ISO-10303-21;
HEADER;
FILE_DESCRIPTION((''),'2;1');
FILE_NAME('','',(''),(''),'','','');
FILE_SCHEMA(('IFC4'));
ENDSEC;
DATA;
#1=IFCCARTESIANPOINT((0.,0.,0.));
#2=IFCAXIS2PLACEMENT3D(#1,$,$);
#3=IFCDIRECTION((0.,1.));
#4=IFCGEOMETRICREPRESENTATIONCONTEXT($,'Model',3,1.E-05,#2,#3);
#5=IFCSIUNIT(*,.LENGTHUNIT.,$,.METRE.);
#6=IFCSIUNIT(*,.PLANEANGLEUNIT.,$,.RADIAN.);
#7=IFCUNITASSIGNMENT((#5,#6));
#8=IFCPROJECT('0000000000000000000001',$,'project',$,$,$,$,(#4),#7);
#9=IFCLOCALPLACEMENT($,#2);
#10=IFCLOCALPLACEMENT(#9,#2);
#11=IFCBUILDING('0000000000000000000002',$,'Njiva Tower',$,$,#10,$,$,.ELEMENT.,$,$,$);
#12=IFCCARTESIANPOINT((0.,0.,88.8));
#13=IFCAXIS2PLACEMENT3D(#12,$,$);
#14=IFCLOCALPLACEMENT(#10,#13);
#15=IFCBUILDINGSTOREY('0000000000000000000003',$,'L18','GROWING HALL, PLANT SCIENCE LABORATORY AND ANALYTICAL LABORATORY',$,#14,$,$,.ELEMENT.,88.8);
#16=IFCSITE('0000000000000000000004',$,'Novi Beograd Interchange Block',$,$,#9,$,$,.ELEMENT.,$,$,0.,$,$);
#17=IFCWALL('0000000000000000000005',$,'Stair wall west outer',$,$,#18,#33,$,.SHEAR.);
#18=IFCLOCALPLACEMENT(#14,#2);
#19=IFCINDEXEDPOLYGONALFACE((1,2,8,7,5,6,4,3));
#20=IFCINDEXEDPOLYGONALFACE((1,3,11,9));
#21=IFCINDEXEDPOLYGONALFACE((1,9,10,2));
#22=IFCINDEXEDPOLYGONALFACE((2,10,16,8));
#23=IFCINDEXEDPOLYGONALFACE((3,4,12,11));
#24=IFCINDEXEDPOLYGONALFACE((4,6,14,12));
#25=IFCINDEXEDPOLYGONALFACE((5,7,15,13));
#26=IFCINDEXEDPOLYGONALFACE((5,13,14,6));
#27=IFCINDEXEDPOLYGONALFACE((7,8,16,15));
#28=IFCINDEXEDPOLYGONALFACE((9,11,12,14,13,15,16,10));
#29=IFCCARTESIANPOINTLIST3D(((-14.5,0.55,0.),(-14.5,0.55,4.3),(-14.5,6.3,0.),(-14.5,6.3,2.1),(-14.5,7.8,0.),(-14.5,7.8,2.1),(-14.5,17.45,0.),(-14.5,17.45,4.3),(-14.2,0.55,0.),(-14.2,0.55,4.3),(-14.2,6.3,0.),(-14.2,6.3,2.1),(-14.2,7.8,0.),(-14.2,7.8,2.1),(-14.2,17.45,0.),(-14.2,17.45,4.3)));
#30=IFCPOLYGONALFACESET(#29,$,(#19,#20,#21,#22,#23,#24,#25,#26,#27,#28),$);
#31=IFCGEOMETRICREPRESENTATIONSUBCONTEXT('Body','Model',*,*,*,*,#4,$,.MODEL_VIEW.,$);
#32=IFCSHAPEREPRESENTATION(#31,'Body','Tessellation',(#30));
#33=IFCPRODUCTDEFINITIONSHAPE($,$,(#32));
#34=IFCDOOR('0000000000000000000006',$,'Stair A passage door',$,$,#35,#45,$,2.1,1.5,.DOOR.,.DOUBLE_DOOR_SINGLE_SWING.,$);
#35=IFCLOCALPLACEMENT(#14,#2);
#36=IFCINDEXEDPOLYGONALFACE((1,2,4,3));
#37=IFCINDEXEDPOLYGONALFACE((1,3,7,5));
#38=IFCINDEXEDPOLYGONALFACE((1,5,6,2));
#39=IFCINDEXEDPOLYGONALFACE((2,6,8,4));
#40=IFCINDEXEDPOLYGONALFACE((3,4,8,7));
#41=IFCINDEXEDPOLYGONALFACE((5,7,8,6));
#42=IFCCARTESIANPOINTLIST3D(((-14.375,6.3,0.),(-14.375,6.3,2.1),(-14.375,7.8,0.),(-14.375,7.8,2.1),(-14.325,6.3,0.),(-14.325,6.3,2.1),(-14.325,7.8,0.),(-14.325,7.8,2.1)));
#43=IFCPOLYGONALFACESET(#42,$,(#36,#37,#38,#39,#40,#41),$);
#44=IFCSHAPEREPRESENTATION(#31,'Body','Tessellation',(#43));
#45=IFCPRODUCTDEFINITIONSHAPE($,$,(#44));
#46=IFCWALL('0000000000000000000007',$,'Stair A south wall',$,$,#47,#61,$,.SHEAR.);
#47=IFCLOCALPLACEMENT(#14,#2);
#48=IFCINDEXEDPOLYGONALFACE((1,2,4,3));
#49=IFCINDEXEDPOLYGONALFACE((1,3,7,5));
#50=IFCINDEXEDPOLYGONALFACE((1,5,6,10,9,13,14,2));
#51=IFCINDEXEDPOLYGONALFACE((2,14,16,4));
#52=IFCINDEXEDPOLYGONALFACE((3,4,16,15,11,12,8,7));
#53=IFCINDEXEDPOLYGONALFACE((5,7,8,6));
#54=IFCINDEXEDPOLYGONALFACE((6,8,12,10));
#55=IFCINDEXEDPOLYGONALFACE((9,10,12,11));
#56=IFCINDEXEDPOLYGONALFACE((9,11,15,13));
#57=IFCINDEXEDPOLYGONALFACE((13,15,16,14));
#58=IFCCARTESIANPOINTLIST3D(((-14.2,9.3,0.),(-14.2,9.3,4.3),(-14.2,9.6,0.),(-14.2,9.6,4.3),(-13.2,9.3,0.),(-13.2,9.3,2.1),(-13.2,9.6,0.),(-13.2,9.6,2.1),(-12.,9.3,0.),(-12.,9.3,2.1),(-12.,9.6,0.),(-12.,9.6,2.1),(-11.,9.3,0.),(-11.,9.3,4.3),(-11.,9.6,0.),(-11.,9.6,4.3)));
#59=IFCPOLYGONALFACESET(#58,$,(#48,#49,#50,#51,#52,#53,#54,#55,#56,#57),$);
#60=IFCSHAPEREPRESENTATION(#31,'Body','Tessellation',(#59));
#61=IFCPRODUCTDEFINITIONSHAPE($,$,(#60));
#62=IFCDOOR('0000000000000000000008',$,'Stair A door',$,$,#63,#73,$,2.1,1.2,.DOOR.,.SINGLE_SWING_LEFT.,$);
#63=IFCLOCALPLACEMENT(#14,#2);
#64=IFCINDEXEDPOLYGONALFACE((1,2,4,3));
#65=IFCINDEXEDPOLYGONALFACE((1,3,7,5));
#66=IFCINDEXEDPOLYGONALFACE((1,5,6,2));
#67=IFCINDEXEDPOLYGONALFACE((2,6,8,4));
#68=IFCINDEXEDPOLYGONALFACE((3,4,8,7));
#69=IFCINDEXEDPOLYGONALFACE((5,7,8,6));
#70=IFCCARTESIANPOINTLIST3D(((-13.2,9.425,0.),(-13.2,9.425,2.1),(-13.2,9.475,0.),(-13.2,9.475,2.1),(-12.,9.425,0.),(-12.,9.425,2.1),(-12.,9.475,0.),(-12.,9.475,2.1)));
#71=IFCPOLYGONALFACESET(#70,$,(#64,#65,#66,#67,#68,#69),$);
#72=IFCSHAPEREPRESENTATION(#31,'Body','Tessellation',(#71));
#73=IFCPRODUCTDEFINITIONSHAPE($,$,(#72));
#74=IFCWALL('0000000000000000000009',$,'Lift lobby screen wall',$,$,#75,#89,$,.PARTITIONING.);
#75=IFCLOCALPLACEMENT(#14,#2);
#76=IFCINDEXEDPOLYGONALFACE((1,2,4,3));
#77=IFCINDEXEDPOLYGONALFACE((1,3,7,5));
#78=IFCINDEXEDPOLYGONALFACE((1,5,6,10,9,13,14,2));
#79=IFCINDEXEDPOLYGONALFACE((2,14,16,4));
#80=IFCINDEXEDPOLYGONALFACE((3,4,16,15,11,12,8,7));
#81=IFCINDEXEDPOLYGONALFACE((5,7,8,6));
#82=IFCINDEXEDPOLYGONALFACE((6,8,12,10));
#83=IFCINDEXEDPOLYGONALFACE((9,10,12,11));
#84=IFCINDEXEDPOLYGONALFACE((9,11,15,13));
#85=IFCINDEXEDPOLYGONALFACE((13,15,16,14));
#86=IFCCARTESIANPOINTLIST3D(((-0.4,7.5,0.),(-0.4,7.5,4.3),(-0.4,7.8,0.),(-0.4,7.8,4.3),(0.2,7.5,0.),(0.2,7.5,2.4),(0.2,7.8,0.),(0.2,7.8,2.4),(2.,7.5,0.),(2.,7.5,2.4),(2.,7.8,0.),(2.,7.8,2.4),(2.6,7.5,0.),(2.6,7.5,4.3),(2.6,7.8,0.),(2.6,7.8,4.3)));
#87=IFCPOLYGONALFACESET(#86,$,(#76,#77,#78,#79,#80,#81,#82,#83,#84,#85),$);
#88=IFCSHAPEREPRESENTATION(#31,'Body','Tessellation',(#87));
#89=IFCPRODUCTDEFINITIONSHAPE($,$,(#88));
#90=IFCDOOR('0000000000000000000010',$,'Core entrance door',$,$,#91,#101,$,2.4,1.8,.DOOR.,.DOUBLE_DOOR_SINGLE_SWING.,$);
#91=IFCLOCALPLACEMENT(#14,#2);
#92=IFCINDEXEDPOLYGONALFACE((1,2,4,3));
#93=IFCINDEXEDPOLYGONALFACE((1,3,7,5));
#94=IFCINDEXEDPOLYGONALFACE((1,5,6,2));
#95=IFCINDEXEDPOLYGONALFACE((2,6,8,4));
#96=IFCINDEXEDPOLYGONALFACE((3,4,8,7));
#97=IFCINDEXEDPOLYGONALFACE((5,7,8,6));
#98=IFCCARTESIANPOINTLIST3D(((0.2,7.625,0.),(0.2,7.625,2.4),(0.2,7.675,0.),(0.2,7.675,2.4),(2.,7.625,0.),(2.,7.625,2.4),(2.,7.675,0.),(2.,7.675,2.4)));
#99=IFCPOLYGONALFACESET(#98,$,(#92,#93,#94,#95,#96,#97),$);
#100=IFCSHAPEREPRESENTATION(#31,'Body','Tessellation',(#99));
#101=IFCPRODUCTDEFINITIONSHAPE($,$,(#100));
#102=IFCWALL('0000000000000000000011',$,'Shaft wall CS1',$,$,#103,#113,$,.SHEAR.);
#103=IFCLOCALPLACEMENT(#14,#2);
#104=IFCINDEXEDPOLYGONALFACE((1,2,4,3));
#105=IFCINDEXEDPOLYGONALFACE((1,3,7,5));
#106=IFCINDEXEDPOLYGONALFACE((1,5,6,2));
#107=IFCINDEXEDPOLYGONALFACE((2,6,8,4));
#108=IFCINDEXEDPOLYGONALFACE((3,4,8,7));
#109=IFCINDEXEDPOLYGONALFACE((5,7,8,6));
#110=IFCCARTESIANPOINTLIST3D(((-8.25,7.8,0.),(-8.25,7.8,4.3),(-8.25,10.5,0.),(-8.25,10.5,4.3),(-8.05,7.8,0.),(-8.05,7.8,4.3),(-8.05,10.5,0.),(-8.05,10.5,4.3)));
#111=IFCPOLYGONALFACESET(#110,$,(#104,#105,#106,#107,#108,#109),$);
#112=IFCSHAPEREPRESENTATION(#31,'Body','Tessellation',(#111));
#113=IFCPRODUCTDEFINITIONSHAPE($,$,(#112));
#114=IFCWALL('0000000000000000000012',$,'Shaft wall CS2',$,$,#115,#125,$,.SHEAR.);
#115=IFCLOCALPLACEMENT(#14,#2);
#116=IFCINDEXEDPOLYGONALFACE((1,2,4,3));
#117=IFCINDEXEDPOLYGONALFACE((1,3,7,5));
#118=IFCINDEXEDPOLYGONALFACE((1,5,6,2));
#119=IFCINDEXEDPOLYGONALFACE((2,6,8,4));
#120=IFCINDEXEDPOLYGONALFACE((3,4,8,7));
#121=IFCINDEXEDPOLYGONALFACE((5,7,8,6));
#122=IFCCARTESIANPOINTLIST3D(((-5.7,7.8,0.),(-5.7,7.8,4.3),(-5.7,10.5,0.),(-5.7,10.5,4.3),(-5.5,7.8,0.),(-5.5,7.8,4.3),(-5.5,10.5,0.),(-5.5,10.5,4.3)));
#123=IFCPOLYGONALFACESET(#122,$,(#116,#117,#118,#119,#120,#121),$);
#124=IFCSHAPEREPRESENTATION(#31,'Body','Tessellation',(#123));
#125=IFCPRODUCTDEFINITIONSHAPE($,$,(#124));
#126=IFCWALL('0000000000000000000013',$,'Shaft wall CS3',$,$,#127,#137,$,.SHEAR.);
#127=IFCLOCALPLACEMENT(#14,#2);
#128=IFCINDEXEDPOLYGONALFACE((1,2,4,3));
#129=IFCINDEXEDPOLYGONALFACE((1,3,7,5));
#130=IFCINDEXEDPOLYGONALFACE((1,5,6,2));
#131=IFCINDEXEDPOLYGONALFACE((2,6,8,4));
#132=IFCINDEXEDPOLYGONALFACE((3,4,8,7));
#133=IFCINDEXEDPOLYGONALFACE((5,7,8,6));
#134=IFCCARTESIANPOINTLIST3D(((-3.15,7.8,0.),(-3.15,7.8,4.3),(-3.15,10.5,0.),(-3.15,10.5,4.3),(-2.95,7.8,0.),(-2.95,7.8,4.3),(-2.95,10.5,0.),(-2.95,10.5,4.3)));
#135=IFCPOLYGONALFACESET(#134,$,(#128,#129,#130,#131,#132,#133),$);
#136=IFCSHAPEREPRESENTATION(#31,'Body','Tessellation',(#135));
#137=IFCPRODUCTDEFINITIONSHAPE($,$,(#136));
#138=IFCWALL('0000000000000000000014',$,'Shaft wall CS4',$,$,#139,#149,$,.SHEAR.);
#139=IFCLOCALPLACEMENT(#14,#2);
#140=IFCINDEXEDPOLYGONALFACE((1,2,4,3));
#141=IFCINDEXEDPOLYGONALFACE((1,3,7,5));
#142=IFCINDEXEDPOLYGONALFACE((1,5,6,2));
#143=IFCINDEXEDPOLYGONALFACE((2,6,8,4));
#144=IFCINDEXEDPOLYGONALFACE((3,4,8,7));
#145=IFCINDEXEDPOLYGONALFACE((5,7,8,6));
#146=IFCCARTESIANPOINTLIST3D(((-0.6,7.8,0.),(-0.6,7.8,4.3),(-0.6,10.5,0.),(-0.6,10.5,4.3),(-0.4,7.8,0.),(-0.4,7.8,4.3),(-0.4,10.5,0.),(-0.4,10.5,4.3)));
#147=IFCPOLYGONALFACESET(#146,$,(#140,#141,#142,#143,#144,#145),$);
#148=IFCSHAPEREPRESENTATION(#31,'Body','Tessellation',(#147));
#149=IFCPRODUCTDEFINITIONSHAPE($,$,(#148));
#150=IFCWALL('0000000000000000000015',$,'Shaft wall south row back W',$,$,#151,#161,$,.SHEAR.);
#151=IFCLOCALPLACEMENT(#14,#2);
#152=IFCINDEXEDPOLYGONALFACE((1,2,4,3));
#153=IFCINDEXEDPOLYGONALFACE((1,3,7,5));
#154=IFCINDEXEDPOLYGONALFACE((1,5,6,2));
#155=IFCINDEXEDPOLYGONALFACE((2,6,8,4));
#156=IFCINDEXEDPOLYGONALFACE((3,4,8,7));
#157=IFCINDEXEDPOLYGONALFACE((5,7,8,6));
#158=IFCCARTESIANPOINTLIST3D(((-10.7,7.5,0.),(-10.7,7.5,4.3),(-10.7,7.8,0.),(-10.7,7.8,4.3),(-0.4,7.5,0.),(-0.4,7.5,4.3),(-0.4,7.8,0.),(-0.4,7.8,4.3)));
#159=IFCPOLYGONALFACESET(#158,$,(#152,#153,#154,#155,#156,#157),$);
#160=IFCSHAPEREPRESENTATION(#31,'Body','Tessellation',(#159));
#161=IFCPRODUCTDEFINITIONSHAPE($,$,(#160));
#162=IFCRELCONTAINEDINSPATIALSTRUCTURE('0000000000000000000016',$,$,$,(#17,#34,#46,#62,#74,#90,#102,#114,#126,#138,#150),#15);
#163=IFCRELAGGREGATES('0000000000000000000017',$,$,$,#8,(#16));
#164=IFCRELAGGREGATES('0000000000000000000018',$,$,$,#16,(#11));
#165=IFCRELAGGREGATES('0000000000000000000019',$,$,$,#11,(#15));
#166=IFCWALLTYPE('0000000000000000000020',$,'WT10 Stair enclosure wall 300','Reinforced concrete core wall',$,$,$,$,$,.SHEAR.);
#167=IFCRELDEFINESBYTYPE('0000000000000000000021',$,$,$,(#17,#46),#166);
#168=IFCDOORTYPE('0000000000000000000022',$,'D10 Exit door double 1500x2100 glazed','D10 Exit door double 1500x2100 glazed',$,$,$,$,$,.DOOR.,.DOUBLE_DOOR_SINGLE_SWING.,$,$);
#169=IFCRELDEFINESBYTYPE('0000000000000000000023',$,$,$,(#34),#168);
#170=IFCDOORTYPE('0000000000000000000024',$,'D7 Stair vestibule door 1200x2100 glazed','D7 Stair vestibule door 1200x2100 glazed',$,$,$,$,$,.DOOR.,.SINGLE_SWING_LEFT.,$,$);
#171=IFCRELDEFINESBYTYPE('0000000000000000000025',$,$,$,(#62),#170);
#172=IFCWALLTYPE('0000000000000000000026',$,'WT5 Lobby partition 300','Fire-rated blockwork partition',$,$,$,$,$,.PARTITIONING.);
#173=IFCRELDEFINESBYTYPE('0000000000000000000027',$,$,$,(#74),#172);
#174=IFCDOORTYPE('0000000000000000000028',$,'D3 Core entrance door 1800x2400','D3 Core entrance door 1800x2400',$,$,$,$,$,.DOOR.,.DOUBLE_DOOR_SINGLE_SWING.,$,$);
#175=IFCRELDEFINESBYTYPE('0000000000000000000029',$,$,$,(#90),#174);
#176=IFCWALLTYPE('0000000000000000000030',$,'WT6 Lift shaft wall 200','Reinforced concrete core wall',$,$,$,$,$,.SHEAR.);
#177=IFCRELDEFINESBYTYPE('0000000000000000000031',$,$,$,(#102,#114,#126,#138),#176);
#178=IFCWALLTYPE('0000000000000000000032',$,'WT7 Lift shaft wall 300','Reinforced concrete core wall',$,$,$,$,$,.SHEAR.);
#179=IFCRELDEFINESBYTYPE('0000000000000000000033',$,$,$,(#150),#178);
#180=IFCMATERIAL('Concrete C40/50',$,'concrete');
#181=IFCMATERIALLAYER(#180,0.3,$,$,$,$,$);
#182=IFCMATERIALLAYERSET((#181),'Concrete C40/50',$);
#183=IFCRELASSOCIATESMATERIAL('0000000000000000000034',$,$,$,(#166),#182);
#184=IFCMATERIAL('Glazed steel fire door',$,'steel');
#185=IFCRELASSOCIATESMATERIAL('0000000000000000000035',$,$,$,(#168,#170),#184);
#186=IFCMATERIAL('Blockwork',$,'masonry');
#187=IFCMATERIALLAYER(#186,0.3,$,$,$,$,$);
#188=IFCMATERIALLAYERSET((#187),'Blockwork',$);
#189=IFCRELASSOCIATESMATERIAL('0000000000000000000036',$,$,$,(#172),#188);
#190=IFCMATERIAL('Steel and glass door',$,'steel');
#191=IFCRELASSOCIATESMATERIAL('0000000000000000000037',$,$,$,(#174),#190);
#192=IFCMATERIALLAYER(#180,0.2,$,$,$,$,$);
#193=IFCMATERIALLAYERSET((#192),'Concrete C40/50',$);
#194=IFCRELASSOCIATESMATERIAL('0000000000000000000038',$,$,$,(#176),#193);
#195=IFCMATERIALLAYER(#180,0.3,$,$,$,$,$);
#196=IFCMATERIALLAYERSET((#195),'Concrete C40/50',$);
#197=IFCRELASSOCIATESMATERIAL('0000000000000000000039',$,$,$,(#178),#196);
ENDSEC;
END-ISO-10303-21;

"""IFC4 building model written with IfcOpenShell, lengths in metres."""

from ifc_helpers import new_model, si_unit, direction, frame, frame_2d, origin, place, context, subcontext, project, spatial, rectangle, extrude, material, layer, layer_set, type_object, element, fill, save


model = new_model("IFC4")

# Units and contexts
model_context = context("Model", 3, precision=1e-05, world=origin(), true_north=direction((0.0, 1.0)))
body_context = subcontext(model_context, "Body", "Model", "MODEL_VIEW")
ifc_project = project(units=[si_unit("LENGTHUNIT", "METRE"), si_unit("PLANEANGLEUNIT", "RADIAN")], contexts=[model_context])

# Site, building, storey
site_placement = place(None, origin())
site = spatial("IfcSite", under=ifc_project, at=site_placement, Name="Novi Beograd Interchange Block", CompositionType="ELEMENT", RefElevation=0.0)
building_placement = place(site_placement, origin())
building = spatial("IfcBuilding", under=site, at=building_placement, Name="Njiva Tower", CompositionType="ELEMENT")
storey_placement = place(building_placement, frame((0.0, 0.0, 88.8)))
storey = spatial("IfcBuildingStorey", under=building, at=storey_placement, Name="L18", Description="GROWING HALL, PLANT SCIENCE LABORATORY AND ANALYTICAL LABORATORY", CompositionType="ELEMENT", Elevation=88.8)

# Shared definitions
ifc_material_1 = material(Name="Blockwork", Category="masonry")

# Shared definitions
ifc_material_2 = material(Name="Concrete C40/50", Category="concrete")
ifc_layer_1 = layer(ifc_material_2, 0.3)
ifc_layer_set_1 = layer_set([ifc_layer_1], Name="Concrete C40/50")
wall_type_1 = type_object("IfcWallType", Name="WT10 Stair enclosure wall 300", Description="Reinforced concrete core wall", PredefinedType="SHEAR", material=ifc_layer_set_1)
ifc_material_3 = material(Name="Glazed steel fire door", Category="steel")

# Walls, openings, doors
wall_1_placement = place(storey_placement, frame((-14.35, 0.55, 0.0), z_axis=(0.0, 0.0, 1.0), x_axis=(0.0, 1.0, 0.0)))
wall_1 = element("IfcWall", 1, at=wall_1_placement, inside=storey, type_object=wall_type_1, Name="Stair wall west outer", PredefinedType="SHEAR", context=body_context, shape_type="SweptSolid", body=[
    extrude(rectangle(XDim=16.9, YDim=0.3, at=frame_2d((8.45, 0.0))), origin(), (0.0, 0.0, 1.0), 4.3),
])
opening_1_placement = place(wall_1_placement, frame((5.75, 0.0, 0.0)))
opening_1 = element("IfcOpeningElement", 2, at=opening_1_placement, cuts=wall_1, PredefinedType="OPENING", context=body_context, shape_type="SweptSolid", body=[
    extrude(rectangle(XDim=1.5, YDim=2.1, at=frame_2d((0.75, 1.05))), frame((0.0, 0.16, 0.0), z_axis=(0.0, -1.0, 0.0), x_axis=(1.0, 0.0, 0.0)), (0.0, 0.0, 1.0), 0.32),
])
door_type_1 = type_object("IfcDoorType", Name="D10 Exit door double 1500x2100 glazed", Description="D10 Exit door double 1500x2100 glazed", OperationType="DOUBLE_DOOR_SINGLE_SWING", PredefinedType="DOOR", material=ifc_material_3)
door_1_placement = place(opening_1_placement, origin())
door_1 = element("IfcDoor", 3, at=door_1_placement, inside=storey, type_object=door_type_1, Name="Stair A passage door", OperationType="DOUBLE_DOOR_SINGLE_SWING", OverallHeight=2.1, OverallWidth=1.5, PredefinedType="DOOR", context=body_context, shape_type="SweptSolid", body=[
    extrude(rectangle(XDim=1.5, YDim=2.1, at=frame_2d((0.75, 1.05))), frame((0.0, 0.025, 0.0), z_axis=(0.0, -1.0, 0.0), x_axis=(1.0, 0.0, 0.0)), (0.0, 0.0, 1.0), 0.05),
])
fill(opening_1, door_1)
wall_2_placement = place(storey_placement, frame((-14.2, 9.45, 0.0), z_axis=(0.0, 0.0, 1.0), x_axis=(1.0, 0.0, 0.0)))
wall_2 = element("IfcWall", 4, at=wall_2_placement, inside=storey, type_object=wall_type_1, Name="Stair A south wall", PredefinedType="SHEAR", context=body_context, shape_type="SweptSolid", body=[
    extrude(rectangle(XDim=3.2, YDim=0.3, at=frame_2d((1.6, 0.0))), origin(), (0.0, 0.0, 1.0), 4.3),
])
opening_2_placement = place(wall_2_placement, frame((1.0, 0.0, 0.0)))
opening_2 = element("IfcOpeningElement", 5, at=opening_2_placement, cuts=wall_2, PredefinedType="OPENING", context=body_context, shape_type="SweptSolid", body=[
    extrude(rectangle(XDim=1.2, YDim=2.1, at=frame_2d((0.6, 1.05))), frame((0.0, 0.16, 0.0), z_axis=(0.0, -1.0, 0.0), x_axis=(1.0, 0.0, 0.0)), (0.0, 0.0, 1.0), 0.32),
])
door_type_2 = type_object("IfcDoorType", Name="D7 Stair vestibule door 1200x2100 glazed", Description="D7 Stair vestibule door 1200x2100 glazed", OperationType="SINGLE_SWING_LEFT", PredefinedType="DOOR", material=ifc_material_3)
door_2_placement = place(opening_2_placement, origin())
door_2 = element("IfcDoor", 6, at=door_2_placement, inside=storey, type_object=door_type_2, Name="Stair A door", OperationType="SINGLE_SWING_LEFT", OverallHeight=2.1, OverallWidth=1.2, PredefinedType="DOOR", context=body_context, shape_type="SweptSolid", body=[
    extrude(rectangle(XDim=1.2, YDim=2.1, at=frame_2d((0.6, 1.05))), frame((0.0, 0.025, 0.0), z_axis=(0.0, -1.0, 0.0), x_axis=(1.0, 0.0, 0.0)), (0.0, 0.0, 1.0), 0.05),
])
fill(opening_2, door_2)
ifc_layer_2 = layer(ifc_material_1, 0.3)
ifc_layer_set_2 = layer_set([ifc_layer_2], Name="Blockwork")
wall_type_2 = type_object("IfcWallType", Name="WT5 Lobby partition 300", Description="Fire-rated blockwork partition", PredefinedType="PARTITIONING", material=ifc_layer_set_2)
wall_3_placement = place(storey_placement, frame((-0.4, 7.65, 0.0), z_axis=(0.0, 0.0, 1.0), x_axis=(1.0, 0.0, 0.0)))
wall_3 = element("IfcWall", 7, at=wall_3_placement, inside=storey, type_object=wall_type_2, Name="Lift lobby screen wall", PredefinedType="PARTITIONING", context=body_context, shape_type="SweptSolid", body=[
    extrude(rectangle(XDim=3.0, YDim=0.3, at=frame_2d((1.5, 0.0))), origin(), (0.0, 0.0, 1.0), 4.3),
])
opening_3_placement = place(wall_3_placement, frame((0.6, 0.0, 0.0)))
opening_3 = element("IfcOpeningElement", 8, at=opening_3_placement, cuts=wall_3, PredefinedType="OPENING", context=body_context, shape_type="SweptSolid", body=[
    extrude(rectangle(XDim=1.8, YDim=2.4, at=frame_2d((0.9, 1.2))), frame((0.0, 0.16, 0.0), z_axis=(0.0, -1.0, 0.0), x_axis=(1.0, 0.0, 0.0)), (0.0, 0.0, 1.0), 0.32),
])
ifc_material_4 = material(Name="Steel and glass door", Category="steel")
door_type_3 = type_object("IfcDoorType", Name="D3 Core entrance door 1800x2400", Description="D3 Core entrance door 1800x2400", OperationType="DOUBLE_DOOR_SINGLE_SWING", PredefinedType="DOOR", material=ifc_material_4)
door_3_placement = place(opening_3_placement, origin())
door_3 = element("IfcDoor", 9, at=door_3_placement, inside=storey, type_object=door_type_3, Name="Core entrance door", OperationType="DOUBLE_DOOR_SINGLE_SWING", OverallHeight=2.4, OverallWidth=1.8, PredefinedType="DOOR", context=body_context, shape_type="SweptSolid", body=[
    extrude(rectangle(XDim=1.8, YDim=2.4, at=frame_2d((0.9, 1.2))), frame((0.0, 0.025, 0.0), z_axis=(0.0, -1.0, 0.0), x_axis=(1.0, 0.0, 0.0)), (0.0, 0.0, 1.0), 0.05),
])
fill(opening_3, door_3)

# Walls
ifc_layer_3 = layer(ifc_material_2, 0.2)
ifc_layer_set_3 = layer_set([ifc_layer_3], Name="Concrete C40/50")
wall_type_3 = type_object("IfcWallType", Name="WT6 Lift shaft wall 200", Description="Reinforced concrete core wall", PredefinedType="SHEAR", material=ifc_layer_set_3)
for number, where, z_axis, x_axis, name in (
    (10, (-8.15, 7.8, 0.0), (0.0, 0.0, 1.0), (0.0, 1.0, 0.0), "Shaft wall CS1"),
    (11, (-5.6, 7.8, 0.0), (0.0, 0.0, 1.0), (0.0, 1.0, 0.0), "Shaft wall CS2"),
    (12, (-3.05, 7.8, 0.0), (0.0, 0.0, 1.0), (0.0, 1.0, 0.0), "Shaft wall CS3"),
    (13, (-0.5, 7.8, 0.0), (0.0, 0.0, 1.0), (0.0, 1.0, 0.0), "Shaft wall CS4"),
):
    element("IfcWall", number, at=place(storey_placement, frame(where, z_axis=z_axis, x_axis=x_axis)), inside=storey, type_object=wall_type_3, Name=name, PredefinedType="SHEAR", context=body_context, shape_type="SweptSolid", body=[
        extrude(rectangle(XDim=2.7, YDim=0.2, at=frame_2d((1.35, 0.0))), origin(), (0.0, 0.0, 1.0), 4.3),
    ])
ifc_layer_4 = layer(ifc_material_2, 0.3)
ifc_layer_set_4 = layer_set([ifc_layer_4], Name="Concrete C40/50")
wall_type_4 = type_object("IfcWallType", Name="WT7 Lift shaft wall 300", Description="Reinforced concrete core wall", PredefinedType="SHEAR", material=ifc_layer_set_4)
wall_4_placement = place(storey_placement, frame((-10.7, 7.65, 0.0), z_axis=(0.0, 0.0, 1.0), x_axis=(1.0, 0.0, 0.0)))
element("IfcWall", 14, at=wall_4_placement, inside=storey, type_object=wall_type_4, Name="Shaft wall south row back W", PredefinedType="SHEAR", context=body_context, shape_type="SweptSolid", body=[
    extrude(rectangle(XDim=10.3, YDim=0.3, at=frame_2d((5.15, 0.0))), origin(), (0.0, 0.0, 1.0), 4.3),
])

save(model, "model.ifc")
